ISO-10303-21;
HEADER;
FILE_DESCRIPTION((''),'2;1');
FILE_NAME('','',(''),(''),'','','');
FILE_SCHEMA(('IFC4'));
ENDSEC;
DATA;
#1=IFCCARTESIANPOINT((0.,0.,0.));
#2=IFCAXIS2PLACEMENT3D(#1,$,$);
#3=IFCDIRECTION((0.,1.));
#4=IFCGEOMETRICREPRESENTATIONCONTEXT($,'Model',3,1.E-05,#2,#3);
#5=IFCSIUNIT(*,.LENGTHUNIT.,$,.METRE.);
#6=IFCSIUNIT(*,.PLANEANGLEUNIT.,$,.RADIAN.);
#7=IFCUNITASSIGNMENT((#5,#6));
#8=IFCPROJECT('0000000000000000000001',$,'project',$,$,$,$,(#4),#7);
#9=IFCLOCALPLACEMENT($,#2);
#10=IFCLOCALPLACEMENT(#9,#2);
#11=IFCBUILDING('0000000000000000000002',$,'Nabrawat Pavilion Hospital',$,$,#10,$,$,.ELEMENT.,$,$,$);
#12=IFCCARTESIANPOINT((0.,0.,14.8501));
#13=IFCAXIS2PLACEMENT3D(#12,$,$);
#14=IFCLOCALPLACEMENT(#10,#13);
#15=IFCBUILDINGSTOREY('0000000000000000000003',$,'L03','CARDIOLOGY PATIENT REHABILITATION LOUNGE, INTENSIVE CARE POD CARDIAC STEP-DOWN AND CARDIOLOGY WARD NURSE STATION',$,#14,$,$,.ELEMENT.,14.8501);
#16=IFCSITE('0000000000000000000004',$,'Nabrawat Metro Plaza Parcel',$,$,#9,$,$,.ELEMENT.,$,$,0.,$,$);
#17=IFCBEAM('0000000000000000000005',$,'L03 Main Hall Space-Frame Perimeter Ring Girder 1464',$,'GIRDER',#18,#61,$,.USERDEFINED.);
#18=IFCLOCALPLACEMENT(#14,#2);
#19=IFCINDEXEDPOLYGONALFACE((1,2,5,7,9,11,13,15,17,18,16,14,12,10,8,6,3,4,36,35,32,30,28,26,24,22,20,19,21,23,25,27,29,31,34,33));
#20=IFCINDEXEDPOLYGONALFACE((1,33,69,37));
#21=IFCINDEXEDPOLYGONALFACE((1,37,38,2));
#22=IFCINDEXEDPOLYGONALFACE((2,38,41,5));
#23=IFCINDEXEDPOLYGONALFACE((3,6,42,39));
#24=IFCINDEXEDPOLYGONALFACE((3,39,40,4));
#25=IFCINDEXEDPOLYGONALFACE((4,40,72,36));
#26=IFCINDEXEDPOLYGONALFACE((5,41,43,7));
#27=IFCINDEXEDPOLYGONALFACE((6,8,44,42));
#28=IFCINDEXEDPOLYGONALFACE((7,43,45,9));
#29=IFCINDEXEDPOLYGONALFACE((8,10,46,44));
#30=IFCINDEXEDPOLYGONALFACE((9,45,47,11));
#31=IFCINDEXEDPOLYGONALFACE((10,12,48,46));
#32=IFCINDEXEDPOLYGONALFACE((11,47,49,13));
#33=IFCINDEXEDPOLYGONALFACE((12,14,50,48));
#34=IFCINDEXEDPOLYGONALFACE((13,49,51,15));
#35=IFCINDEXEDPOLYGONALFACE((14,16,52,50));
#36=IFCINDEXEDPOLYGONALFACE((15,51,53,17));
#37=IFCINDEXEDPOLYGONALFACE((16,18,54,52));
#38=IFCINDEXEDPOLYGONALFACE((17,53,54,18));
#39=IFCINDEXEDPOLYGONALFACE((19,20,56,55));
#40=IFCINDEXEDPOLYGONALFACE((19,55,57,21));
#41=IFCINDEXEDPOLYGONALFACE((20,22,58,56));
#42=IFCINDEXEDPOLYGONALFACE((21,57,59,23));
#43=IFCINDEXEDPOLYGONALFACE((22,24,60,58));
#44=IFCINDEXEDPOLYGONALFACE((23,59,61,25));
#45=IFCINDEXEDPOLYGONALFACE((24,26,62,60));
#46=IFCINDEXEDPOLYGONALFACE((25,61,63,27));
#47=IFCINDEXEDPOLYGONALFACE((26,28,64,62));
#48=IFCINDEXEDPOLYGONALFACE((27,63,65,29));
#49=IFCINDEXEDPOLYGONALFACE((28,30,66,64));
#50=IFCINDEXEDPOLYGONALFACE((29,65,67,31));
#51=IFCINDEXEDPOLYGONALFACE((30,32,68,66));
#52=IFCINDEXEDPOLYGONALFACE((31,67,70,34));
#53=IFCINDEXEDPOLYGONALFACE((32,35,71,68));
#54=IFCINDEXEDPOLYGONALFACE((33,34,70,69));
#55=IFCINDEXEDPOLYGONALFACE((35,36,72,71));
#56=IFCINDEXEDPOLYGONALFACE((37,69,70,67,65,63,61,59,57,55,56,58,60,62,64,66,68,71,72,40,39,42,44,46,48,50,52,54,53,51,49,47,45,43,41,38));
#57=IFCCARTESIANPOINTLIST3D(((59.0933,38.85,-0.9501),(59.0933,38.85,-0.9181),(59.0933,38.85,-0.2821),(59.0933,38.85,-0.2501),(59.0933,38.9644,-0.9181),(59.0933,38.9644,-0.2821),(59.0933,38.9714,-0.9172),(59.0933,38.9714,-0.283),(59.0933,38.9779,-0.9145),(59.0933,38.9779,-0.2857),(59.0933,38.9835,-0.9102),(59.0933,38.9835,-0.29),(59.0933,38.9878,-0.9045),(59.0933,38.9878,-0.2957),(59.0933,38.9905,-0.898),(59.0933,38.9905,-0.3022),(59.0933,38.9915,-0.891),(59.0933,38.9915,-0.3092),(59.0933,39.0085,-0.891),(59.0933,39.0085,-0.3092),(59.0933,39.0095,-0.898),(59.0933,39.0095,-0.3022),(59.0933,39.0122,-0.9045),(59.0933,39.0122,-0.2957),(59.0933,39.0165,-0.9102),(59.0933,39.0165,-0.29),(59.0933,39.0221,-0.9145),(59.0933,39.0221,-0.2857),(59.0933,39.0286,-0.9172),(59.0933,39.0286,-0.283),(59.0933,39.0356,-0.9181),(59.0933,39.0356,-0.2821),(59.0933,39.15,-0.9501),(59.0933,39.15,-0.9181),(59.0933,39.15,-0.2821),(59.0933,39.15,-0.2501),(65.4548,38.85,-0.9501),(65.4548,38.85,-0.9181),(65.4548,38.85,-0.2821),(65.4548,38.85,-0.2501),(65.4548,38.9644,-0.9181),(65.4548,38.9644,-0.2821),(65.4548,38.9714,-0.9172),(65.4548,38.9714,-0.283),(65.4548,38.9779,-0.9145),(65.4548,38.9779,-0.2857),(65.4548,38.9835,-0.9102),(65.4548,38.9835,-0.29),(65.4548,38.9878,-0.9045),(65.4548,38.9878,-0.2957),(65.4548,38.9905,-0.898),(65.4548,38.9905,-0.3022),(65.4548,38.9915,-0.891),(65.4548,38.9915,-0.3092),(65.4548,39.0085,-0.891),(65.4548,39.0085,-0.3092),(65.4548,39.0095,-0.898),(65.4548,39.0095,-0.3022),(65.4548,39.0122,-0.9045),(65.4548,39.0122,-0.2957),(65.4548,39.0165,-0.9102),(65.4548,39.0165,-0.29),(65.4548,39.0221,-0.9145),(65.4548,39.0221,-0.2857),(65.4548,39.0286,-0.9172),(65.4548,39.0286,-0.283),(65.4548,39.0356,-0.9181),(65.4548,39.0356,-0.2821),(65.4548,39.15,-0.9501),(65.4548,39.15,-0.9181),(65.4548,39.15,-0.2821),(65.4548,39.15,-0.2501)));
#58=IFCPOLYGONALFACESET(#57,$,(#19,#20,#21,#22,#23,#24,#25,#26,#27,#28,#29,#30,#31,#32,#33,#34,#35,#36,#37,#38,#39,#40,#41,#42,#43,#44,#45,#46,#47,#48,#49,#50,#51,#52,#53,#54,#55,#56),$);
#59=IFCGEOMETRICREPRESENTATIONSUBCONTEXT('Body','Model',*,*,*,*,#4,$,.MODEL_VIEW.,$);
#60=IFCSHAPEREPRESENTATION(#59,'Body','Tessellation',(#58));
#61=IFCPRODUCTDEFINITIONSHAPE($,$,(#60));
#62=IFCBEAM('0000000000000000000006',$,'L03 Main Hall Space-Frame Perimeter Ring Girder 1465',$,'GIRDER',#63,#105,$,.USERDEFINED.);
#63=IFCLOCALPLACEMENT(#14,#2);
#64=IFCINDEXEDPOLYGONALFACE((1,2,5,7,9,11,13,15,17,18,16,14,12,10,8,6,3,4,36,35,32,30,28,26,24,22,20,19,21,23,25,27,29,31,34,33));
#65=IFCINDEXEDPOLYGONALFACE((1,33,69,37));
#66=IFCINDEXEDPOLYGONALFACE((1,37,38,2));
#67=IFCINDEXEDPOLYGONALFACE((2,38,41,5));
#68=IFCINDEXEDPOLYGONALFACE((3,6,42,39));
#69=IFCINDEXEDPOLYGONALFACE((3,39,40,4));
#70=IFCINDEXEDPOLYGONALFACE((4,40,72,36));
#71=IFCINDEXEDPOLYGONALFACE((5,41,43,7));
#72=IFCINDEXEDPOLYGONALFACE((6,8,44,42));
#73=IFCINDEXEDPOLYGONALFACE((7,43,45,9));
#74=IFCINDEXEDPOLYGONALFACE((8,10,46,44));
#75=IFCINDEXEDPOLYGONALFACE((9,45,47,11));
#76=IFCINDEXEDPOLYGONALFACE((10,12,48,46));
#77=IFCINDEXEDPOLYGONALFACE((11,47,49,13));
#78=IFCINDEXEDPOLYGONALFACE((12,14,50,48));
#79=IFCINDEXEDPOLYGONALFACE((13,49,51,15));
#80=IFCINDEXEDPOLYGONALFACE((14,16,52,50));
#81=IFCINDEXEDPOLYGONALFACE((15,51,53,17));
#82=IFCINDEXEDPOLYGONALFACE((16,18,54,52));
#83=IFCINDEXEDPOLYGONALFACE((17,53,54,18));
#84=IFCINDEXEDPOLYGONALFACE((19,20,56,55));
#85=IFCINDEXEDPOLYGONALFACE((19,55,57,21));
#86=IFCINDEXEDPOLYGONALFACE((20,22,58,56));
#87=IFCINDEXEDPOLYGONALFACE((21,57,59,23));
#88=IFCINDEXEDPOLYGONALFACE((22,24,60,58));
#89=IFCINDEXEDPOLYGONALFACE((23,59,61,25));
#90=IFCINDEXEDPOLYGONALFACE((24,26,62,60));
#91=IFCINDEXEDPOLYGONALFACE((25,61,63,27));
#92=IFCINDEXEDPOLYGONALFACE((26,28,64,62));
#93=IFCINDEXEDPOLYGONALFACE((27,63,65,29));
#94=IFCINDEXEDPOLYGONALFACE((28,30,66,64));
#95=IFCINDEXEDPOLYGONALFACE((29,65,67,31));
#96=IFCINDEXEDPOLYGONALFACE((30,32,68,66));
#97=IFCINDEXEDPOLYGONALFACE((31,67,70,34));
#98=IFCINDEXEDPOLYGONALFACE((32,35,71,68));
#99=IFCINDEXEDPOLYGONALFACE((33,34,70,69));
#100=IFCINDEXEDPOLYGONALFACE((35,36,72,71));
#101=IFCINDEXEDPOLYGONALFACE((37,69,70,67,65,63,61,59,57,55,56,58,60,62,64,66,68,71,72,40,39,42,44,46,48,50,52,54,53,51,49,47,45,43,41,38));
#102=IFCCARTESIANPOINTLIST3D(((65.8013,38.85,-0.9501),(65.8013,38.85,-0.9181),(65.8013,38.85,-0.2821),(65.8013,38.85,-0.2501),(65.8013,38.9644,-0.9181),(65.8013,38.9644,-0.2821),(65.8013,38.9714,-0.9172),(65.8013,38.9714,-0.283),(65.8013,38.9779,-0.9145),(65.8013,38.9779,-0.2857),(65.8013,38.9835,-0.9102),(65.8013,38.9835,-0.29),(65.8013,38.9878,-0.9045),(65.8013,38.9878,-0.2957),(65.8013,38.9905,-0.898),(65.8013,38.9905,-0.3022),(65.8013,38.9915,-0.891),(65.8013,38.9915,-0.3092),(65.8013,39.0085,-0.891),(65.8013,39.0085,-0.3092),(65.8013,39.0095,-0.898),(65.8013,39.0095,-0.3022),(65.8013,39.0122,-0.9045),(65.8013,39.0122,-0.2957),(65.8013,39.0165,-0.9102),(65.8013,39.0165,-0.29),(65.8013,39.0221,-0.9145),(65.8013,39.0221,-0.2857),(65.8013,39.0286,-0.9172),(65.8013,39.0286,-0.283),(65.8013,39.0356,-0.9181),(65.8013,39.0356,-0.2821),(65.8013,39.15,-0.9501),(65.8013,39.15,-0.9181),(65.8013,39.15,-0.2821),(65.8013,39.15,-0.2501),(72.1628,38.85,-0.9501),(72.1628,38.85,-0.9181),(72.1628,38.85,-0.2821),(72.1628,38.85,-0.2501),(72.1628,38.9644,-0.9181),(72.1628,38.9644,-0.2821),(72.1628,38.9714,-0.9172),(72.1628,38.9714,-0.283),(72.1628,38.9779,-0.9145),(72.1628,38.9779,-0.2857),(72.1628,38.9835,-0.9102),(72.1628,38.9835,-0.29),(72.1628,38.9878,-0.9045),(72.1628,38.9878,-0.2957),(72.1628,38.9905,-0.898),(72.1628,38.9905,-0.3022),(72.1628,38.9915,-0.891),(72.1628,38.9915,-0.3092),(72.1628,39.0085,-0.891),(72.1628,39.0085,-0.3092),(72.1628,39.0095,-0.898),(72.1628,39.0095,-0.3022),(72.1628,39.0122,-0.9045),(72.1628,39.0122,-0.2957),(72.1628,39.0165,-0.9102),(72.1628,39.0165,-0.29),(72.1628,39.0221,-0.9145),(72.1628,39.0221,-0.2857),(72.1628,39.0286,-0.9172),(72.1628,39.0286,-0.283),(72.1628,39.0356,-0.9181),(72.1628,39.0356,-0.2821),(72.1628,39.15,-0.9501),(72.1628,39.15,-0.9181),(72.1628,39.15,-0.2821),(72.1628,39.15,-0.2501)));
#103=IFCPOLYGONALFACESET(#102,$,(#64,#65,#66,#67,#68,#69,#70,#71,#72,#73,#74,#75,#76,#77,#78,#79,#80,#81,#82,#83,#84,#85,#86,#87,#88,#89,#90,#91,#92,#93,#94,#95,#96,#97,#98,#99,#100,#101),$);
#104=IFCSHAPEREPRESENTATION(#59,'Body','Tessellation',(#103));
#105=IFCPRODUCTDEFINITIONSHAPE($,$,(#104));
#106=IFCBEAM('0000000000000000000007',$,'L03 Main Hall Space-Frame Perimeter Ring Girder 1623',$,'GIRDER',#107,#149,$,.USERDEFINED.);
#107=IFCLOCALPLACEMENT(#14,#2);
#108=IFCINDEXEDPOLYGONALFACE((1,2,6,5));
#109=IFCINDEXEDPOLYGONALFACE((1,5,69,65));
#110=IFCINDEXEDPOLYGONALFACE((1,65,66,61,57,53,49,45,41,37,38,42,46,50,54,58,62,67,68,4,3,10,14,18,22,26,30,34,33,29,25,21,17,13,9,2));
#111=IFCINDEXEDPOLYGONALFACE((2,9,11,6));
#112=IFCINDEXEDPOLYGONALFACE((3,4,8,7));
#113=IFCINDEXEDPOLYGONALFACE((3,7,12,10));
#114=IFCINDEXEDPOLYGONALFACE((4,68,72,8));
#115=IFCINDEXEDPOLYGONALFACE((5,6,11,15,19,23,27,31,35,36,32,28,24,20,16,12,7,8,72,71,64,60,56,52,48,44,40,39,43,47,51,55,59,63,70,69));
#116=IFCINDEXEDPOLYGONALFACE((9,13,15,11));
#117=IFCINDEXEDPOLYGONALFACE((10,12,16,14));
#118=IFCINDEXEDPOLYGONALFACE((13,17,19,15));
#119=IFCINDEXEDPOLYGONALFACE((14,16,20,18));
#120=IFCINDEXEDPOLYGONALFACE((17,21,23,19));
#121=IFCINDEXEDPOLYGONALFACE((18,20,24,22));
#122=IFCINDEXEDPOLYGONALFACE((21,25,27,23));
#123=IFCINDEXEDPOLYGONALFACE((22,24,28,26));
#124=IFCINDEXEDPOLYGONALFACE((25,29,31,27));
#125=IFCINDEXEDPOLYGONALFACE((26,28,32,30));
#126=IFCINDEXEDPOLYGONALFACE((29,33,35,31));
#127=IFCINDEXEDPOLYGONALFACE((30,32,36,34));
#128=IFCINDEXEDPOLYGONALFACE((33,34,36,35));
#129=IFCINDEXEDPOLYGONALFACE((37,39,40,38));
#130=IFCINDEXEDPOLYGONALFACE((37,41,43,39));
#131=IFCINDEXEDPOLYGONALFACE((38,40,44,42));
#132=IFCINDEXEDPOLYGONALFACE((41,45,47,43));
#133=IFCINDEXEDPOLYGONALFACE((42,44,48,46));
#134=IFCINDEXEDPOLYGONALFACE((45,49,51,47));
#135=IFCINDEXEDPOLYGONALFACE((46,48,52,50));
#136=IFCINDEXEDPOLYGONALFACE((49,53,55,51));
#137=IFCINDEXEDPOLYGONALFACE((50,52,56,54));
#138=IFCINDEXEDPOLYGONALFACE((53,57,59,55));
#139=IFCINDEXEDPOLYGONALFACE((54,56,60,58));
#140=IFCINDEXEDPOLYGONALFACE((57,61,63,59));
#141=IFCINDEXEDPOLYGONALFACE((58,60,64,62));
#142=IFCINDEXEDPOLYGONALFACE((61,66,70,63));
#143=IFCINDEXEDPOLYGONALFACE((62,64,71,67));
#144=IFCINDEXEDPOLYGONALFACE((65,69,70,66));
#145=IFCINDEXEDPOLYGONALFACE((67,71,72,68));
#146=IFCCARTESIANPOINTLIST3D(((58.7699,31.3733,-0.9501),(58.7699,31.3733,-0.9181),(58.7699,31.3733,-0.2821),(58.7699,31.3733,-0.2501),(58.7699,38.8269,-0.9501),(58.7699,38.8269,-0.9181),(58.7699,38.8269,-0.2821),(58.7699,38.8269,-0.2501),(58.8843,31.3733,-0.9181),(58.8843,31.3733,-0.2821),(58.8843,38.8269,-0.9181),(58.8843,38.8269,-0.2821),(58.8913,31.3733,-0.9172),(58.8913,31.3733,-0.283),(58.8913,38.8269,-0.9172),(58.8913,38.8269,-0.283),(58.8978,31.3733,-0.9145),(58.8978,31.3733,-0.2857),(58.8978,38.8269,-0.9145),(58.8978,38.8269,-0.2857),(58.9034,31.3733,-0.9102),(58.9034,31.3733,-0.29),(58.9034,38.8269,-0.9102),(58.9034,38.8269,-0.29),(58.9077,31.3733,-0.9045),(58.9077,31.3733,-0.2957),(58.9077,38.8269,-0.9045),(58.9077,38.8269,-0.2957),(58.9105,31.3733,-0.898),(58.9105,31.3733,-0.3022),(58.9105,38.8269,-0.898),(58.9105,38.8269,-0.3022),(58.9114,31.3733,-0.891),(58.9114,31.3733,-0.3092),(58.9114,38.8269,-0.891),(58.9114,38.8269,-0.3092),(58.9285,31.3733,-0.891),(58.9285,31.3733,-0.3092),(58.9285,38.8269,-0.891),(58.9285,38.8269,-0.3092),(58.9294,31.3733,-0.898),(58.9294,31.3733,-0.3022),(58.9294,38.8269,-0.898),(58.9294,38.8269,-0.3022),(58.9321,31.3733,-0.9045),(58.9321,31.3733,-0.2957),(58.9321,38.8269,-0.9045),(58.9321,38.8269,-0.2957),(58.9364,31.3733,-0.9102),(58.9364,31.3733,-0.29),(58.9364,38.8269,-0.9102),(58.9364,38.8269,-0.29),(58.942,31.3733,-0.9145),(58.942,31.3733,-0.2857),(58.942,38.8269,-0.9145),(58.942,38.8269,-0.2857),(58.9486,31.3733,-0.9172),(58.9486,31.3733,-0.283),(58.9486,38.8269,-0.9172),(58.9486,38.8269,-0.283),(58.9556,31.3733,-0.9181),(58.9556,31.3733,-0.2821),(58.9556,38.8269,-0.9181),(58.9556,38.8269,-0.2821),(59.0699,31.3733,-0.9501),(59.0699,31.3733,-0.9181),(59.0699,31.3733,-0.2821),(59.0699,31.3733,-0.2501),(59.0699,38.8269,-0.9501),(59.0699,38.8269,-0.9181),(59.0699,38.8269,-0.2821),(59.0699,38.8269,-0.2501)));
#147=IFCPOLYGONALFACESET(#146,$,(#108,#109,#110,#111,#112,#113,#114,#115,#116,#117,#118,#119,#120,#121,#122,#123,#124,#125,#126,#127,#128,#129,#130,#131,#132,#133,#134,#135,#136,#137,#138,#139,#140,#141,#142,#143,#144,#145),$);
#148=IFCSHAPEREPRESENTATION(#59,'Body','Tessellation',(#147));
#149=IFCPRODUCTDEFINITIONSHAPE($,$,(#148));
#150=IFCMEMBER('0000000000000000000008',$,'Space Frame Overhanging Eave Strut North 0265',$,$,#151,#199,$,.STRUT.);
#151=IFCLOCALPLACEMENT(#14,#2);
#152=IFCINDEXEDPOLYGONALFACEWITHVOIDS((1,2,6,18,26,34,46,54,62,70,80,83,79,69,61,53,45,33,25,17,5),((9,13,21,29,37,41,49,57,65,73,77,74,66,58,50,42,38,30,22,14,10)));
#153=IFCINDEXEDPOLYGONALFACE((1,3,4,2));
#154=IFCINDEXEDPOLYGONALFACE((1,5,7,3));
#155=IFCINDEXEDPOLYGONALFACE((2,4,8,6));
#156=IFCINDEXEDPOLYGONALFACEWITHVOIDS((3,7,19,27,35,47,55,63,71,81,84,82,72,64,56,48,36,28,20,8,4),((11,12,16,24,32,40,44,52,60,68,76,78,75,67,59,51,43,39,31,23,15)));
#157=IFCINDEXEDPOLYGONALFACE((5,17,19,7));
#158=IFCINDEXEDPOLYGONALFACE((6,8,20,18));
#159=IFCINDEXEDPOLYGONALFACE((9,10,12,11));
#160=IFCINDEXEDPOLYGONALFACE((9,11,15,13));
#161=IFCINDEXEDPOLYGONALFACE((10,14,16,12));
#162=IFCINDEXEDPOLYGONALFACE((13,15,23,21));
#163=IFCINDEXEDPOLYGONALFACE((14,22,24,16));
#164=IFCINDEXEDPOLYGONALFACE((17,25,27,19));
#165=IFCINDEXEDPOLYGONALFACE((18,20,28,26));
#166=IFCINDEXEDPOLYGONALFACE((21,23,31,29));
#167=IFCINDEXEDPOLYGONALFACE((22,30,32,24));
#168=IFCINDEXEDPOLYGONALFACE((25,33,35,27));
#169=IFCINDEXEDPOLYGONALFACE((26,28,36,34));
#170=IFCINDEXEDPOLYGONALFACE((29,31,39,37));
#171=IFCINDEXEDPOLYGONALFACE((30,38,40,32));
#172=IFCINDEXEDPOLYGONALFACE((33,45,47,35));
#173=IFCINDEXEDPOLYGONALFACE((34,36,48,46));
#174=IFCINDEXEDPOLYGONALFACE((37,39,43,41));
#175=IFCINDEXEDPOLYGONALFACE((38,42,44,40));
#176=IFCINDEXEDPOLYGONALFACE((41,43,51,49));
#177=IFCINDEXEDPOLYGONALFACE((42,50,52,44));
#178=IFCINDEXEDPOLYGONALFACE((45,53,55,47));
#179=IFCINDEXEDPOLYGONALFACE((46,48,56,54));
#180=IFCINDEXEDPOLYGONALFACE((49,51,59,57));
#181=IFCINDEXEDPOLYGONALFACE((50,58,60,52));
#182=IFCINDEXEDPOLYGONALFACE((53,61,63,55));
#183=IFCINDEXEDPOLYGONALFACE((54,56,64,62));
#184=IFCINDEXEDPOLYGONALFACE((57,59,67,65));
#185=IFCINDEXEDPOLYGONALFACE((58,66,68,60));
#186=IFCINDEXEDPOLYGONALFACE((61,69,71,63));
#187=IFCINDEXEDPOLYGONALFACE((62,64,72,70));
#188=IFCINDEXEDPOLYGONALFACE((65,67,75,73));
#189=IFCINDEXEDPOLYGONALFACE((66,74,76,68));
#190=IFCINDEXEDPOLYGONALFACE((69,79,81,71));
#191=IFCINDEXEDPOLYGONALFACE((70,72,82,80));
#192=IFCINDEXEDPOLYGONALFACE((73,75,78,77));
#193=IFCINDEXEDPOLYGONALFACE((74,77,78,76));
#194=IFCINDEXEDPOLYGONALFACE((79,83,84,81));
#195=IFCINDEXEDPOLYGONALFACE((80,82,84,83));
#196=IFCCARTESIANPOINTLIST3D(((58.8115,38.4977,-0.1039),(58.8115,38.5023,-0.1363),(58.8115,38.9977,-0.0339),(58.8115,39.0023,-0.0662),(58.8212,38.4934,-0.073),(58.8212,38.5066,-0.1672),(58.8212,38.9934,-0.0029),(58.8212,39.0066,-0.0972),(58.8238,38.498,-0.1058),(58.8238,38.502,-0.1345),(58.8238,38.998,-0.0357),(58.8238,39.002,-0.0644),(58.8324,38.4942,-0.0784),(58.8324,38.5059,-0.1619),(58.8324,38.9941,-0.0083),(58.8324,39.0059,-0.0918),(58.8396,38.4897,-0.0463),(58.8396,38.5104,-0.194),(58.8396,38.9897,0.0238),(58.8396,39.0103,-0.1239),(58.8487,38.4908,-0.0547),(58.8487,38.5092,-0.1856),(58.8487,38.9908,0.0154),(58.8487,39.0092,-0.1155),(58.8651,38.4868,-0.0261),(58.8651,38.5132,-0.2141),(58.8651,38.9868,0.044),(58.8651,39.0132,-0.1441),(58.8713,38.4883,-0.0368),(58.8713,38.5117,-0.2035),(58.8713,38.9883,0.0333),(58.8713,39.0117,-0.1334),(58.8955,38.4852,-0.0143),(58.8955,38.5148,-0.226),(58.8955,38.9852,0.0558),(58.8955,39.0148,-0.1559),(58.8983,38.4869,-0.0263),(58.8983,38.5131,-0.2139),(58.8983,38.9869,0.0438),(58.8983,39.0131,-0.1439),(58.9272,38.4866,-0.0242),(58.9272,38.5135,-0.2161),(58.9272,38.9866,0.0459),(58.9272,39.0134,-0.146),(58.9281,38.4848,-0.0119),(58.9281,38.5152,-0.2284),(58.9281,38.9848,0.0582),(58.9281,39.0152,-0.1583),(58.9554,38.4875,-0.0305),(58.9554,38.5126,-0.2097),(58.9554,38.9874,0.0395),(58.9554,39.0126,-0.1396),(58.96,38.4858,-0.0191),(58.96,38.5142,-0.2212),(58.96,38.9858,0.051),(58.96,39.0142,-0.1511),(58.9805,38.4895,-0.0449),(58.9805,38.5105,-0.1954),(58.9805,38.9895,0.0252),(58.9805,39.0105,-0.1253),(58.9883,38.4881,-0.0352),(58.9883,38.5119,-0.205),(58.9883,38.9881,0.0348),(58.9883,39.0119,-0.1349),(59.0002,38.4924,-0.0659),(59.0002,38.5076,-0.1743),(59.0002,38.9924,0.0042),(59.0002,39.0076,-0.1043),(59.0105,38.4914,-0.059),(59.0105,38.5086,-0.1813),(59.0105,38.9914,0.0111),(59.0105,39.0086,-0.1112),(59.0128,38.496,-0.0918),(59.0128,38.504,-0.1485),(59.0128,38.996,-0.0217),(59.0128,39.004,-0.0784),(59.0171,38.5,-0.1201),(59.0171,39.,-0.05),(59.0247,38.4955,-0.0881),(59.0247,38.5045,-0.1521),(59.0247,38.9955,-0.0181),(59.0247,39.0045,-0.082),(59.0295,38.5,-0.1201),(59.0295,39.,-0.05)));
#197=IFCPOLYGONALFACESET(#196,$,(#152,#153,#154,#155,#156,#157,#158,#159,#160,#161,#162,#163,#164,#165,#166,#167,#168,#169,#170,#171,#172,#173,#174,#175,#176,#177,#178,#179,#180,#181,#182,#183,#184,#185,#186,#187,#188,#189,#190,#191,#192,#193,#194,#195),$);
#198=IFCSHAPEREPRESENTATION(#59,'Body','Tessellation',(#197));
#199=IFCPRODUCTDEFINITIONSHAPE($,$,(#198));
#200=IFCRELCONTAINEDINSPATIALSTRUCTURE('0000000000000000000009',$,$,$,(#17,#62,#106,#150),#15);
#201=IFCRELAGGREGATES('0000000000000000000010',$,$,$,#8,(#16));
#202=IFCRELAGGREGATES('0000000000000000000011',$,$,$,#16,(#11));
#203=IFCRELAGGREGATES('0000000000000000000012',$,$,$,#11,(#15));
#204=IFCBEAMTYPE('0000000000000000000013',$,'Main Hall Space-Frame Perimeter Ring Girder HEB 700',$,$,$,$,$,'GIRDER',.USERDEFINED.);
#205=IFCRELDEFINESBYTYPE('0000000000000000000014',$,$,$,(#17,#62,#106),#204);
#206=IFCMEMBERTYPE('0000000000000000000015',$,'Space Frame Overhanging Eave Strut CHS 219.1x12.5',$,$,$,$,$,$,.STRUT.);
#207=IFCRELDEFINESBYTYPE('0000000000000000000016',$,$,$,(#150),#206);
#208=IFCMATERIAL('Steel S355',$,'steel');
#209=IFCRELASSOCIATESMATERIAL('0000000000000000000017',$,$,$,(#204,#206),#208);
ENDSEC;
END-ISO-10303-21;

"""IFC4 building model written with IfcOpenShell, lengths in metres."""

from ifc_helpers import new_model, si_unit, direction, frame, origin, origin_2d, place, context, subcontext, project, spatial, hollow_circle, i_section, extrude, material, material_profile, profile_set, type_object, element, save


model = new_model("IFC4")

# Units and contexts
model_context = context("Model", 3, precision=1e-05, world=origin(), true_north=direction((0.0, 1.0)))
body_context = subcontext(model_context, "Body", "Model", "MODEL_VIEW")
ifc_project = project(units=[si_unit("LENGTHUNIT", "METRE"), si_unit("PLANEANGLEUNIT", "RADIAN")], contexts=[model_context])

# Site, building, storey
site_placement = place(None, origin())
site = spatial("IfcSite", under=ifc_project, at=site_placement, Name="Nabrawat Metro Plaza Parcel", CompositionType="ELEMENT", RefElevation=0.0)
building_placement = place(site_placement, origin())
building = spatial("IfcBuilding", under=site, at=building_placement, Name="Nabrawat Pavilion Hospital", CompositionType="ELEMENT")
storey_placement = place(building_placement, frame((0.0, 0.0, 14.8501)))
storey = spatial("IfcBuildingStorey", under=building, at=storey_placement, Name="L03", Description="CARDIOLOGY PATIENT REHABILITATION LOUNGE, INTENSIVE CARE POD CARDIAC STEP-DOWN AND CARDIOLOGY WARD NURSE STATION", CompositionType="ELEMENT", Elevation=14.8501)

# Beams
ifc_material_1 = material(Name="Steel S355", Category="steel")
ifc_material_profile_1 = material_profile(ifc_material_1, i_section(OverallWidth=0.3, OverallDepth=0.7, WebThickness=0.0171, FlangeThickness=0.032, FilletRadius=0.0271, at=origin_2d()), Name="HEB 700")
ifc_profile_set_1 = profile_set([ifc_material_profile_1], Name="Steel S355")
beam_type = type_object("IfcBeamType", Name="Main Hall Space-Frame Perimeter Ring Girder HEB 700", ElementType="GIRDER", PredefinedType="USERDEFINED", material=ifc_profile_set_1)
for number, where, z_axis, x_axis, name in (
    (1, (59.0933, 39.0, -0.6001), (1.0, 0.0, 0.0), (0.0, 1.0, 0.0), "L03 Main Hall Space-Frame Perimeter Ring Girder 1464"),
    (2, (65.8013, 39.0, -0.6001), (1.0, 0.0, 0.0), (0.0, 1.0, 0.0), "L03 Main Hall Space-Frame Perimeter Ring Girder 1465"),
):
    element("IfcBeam", number, at=place(storey_placement, frame(where, z_axis=z_axis, x_axis=x_axis)), inside=storey, type_object=beam_type, Name=name, ObjectType="GIRDER", PredefinedType="USERDEFINED", context=body_context, shape_type="SweptSolid", body=[
        extrude(i_section(OverallWidth=0.3, OverallDepth=0.7, WebThickness=0.0171, FlangeThickness=0.032, FilletRadius=0.0271, at=origin_2d()), origin(), (0.0, 0.0, 1.0), 6.3616),
    ])
beam_placement = place(storey_placement, frame((58.9199, 31.3733, -0.6001), z_axis=(0.0, 1.0, 0.0), x_axis=(-1.0, 0.0, 0.0)))
element("IfcBeam", 3, at=beam_placement, inside=storey, type_object=beam_type, Name="L03 Main Hall Space-Frame Perimeter Ring Girder 1623", ObjectType="GIRDER", PredefinedType="USERDEFINED", context=body_context, shape_type="SweptSolid", body=[
    extrude(i_section(OverallWidth=0.3, OverallDepth=0.7, WebThickness=0.0171, FlangeThickness=0.032, FilletRadius=0.0271, at=origin_2d()), origin(), (0.0, 0.0, 1.0), 7.4536),
])

# Member
ifc_material_profile_2 = material_profile(ifc_material_1, hollow_circle(Radius=0.1096, WallThickness=0.0125, at=origin_2d()), Name="CHS 219.1x12.5")
ifc_profile_set_2 = profile_set([ifc_material_profile_2], Name="Steel S355")
member_type_1 = type_object("IfcMemberType", Name="Space Frame Overhanging Eave Strut CHS 219.1x12.5", PredefinedType="STRUT", material=ifc_profile_set_2)
for number, where, z_axis, x_axis, name in (
    (4, (58.9199, 39.0, -0.05), (0.0, -0.990323, -0.138781), (1.0, 0.0, 0.0), "Space Frame Overhanging Eave Strut North 0265"),
):
    element("IfcMember", number, at=place(storey_placement, frame(where, z_axis=z_axis, x_axis=x_axis)), inside=storey, type_object=member_type_1, Name=name, PredefinedType="STRUT", context=body_context, shape_type="SweptSolid", body=[
        extrude(hollow_circle(Radius=0.1096, WallThickness=0.0125, at=origin_2d()), origin(), (0.0, 0.0, 1.0), 0.5049),
    ])

save(model, "model.ifc")
